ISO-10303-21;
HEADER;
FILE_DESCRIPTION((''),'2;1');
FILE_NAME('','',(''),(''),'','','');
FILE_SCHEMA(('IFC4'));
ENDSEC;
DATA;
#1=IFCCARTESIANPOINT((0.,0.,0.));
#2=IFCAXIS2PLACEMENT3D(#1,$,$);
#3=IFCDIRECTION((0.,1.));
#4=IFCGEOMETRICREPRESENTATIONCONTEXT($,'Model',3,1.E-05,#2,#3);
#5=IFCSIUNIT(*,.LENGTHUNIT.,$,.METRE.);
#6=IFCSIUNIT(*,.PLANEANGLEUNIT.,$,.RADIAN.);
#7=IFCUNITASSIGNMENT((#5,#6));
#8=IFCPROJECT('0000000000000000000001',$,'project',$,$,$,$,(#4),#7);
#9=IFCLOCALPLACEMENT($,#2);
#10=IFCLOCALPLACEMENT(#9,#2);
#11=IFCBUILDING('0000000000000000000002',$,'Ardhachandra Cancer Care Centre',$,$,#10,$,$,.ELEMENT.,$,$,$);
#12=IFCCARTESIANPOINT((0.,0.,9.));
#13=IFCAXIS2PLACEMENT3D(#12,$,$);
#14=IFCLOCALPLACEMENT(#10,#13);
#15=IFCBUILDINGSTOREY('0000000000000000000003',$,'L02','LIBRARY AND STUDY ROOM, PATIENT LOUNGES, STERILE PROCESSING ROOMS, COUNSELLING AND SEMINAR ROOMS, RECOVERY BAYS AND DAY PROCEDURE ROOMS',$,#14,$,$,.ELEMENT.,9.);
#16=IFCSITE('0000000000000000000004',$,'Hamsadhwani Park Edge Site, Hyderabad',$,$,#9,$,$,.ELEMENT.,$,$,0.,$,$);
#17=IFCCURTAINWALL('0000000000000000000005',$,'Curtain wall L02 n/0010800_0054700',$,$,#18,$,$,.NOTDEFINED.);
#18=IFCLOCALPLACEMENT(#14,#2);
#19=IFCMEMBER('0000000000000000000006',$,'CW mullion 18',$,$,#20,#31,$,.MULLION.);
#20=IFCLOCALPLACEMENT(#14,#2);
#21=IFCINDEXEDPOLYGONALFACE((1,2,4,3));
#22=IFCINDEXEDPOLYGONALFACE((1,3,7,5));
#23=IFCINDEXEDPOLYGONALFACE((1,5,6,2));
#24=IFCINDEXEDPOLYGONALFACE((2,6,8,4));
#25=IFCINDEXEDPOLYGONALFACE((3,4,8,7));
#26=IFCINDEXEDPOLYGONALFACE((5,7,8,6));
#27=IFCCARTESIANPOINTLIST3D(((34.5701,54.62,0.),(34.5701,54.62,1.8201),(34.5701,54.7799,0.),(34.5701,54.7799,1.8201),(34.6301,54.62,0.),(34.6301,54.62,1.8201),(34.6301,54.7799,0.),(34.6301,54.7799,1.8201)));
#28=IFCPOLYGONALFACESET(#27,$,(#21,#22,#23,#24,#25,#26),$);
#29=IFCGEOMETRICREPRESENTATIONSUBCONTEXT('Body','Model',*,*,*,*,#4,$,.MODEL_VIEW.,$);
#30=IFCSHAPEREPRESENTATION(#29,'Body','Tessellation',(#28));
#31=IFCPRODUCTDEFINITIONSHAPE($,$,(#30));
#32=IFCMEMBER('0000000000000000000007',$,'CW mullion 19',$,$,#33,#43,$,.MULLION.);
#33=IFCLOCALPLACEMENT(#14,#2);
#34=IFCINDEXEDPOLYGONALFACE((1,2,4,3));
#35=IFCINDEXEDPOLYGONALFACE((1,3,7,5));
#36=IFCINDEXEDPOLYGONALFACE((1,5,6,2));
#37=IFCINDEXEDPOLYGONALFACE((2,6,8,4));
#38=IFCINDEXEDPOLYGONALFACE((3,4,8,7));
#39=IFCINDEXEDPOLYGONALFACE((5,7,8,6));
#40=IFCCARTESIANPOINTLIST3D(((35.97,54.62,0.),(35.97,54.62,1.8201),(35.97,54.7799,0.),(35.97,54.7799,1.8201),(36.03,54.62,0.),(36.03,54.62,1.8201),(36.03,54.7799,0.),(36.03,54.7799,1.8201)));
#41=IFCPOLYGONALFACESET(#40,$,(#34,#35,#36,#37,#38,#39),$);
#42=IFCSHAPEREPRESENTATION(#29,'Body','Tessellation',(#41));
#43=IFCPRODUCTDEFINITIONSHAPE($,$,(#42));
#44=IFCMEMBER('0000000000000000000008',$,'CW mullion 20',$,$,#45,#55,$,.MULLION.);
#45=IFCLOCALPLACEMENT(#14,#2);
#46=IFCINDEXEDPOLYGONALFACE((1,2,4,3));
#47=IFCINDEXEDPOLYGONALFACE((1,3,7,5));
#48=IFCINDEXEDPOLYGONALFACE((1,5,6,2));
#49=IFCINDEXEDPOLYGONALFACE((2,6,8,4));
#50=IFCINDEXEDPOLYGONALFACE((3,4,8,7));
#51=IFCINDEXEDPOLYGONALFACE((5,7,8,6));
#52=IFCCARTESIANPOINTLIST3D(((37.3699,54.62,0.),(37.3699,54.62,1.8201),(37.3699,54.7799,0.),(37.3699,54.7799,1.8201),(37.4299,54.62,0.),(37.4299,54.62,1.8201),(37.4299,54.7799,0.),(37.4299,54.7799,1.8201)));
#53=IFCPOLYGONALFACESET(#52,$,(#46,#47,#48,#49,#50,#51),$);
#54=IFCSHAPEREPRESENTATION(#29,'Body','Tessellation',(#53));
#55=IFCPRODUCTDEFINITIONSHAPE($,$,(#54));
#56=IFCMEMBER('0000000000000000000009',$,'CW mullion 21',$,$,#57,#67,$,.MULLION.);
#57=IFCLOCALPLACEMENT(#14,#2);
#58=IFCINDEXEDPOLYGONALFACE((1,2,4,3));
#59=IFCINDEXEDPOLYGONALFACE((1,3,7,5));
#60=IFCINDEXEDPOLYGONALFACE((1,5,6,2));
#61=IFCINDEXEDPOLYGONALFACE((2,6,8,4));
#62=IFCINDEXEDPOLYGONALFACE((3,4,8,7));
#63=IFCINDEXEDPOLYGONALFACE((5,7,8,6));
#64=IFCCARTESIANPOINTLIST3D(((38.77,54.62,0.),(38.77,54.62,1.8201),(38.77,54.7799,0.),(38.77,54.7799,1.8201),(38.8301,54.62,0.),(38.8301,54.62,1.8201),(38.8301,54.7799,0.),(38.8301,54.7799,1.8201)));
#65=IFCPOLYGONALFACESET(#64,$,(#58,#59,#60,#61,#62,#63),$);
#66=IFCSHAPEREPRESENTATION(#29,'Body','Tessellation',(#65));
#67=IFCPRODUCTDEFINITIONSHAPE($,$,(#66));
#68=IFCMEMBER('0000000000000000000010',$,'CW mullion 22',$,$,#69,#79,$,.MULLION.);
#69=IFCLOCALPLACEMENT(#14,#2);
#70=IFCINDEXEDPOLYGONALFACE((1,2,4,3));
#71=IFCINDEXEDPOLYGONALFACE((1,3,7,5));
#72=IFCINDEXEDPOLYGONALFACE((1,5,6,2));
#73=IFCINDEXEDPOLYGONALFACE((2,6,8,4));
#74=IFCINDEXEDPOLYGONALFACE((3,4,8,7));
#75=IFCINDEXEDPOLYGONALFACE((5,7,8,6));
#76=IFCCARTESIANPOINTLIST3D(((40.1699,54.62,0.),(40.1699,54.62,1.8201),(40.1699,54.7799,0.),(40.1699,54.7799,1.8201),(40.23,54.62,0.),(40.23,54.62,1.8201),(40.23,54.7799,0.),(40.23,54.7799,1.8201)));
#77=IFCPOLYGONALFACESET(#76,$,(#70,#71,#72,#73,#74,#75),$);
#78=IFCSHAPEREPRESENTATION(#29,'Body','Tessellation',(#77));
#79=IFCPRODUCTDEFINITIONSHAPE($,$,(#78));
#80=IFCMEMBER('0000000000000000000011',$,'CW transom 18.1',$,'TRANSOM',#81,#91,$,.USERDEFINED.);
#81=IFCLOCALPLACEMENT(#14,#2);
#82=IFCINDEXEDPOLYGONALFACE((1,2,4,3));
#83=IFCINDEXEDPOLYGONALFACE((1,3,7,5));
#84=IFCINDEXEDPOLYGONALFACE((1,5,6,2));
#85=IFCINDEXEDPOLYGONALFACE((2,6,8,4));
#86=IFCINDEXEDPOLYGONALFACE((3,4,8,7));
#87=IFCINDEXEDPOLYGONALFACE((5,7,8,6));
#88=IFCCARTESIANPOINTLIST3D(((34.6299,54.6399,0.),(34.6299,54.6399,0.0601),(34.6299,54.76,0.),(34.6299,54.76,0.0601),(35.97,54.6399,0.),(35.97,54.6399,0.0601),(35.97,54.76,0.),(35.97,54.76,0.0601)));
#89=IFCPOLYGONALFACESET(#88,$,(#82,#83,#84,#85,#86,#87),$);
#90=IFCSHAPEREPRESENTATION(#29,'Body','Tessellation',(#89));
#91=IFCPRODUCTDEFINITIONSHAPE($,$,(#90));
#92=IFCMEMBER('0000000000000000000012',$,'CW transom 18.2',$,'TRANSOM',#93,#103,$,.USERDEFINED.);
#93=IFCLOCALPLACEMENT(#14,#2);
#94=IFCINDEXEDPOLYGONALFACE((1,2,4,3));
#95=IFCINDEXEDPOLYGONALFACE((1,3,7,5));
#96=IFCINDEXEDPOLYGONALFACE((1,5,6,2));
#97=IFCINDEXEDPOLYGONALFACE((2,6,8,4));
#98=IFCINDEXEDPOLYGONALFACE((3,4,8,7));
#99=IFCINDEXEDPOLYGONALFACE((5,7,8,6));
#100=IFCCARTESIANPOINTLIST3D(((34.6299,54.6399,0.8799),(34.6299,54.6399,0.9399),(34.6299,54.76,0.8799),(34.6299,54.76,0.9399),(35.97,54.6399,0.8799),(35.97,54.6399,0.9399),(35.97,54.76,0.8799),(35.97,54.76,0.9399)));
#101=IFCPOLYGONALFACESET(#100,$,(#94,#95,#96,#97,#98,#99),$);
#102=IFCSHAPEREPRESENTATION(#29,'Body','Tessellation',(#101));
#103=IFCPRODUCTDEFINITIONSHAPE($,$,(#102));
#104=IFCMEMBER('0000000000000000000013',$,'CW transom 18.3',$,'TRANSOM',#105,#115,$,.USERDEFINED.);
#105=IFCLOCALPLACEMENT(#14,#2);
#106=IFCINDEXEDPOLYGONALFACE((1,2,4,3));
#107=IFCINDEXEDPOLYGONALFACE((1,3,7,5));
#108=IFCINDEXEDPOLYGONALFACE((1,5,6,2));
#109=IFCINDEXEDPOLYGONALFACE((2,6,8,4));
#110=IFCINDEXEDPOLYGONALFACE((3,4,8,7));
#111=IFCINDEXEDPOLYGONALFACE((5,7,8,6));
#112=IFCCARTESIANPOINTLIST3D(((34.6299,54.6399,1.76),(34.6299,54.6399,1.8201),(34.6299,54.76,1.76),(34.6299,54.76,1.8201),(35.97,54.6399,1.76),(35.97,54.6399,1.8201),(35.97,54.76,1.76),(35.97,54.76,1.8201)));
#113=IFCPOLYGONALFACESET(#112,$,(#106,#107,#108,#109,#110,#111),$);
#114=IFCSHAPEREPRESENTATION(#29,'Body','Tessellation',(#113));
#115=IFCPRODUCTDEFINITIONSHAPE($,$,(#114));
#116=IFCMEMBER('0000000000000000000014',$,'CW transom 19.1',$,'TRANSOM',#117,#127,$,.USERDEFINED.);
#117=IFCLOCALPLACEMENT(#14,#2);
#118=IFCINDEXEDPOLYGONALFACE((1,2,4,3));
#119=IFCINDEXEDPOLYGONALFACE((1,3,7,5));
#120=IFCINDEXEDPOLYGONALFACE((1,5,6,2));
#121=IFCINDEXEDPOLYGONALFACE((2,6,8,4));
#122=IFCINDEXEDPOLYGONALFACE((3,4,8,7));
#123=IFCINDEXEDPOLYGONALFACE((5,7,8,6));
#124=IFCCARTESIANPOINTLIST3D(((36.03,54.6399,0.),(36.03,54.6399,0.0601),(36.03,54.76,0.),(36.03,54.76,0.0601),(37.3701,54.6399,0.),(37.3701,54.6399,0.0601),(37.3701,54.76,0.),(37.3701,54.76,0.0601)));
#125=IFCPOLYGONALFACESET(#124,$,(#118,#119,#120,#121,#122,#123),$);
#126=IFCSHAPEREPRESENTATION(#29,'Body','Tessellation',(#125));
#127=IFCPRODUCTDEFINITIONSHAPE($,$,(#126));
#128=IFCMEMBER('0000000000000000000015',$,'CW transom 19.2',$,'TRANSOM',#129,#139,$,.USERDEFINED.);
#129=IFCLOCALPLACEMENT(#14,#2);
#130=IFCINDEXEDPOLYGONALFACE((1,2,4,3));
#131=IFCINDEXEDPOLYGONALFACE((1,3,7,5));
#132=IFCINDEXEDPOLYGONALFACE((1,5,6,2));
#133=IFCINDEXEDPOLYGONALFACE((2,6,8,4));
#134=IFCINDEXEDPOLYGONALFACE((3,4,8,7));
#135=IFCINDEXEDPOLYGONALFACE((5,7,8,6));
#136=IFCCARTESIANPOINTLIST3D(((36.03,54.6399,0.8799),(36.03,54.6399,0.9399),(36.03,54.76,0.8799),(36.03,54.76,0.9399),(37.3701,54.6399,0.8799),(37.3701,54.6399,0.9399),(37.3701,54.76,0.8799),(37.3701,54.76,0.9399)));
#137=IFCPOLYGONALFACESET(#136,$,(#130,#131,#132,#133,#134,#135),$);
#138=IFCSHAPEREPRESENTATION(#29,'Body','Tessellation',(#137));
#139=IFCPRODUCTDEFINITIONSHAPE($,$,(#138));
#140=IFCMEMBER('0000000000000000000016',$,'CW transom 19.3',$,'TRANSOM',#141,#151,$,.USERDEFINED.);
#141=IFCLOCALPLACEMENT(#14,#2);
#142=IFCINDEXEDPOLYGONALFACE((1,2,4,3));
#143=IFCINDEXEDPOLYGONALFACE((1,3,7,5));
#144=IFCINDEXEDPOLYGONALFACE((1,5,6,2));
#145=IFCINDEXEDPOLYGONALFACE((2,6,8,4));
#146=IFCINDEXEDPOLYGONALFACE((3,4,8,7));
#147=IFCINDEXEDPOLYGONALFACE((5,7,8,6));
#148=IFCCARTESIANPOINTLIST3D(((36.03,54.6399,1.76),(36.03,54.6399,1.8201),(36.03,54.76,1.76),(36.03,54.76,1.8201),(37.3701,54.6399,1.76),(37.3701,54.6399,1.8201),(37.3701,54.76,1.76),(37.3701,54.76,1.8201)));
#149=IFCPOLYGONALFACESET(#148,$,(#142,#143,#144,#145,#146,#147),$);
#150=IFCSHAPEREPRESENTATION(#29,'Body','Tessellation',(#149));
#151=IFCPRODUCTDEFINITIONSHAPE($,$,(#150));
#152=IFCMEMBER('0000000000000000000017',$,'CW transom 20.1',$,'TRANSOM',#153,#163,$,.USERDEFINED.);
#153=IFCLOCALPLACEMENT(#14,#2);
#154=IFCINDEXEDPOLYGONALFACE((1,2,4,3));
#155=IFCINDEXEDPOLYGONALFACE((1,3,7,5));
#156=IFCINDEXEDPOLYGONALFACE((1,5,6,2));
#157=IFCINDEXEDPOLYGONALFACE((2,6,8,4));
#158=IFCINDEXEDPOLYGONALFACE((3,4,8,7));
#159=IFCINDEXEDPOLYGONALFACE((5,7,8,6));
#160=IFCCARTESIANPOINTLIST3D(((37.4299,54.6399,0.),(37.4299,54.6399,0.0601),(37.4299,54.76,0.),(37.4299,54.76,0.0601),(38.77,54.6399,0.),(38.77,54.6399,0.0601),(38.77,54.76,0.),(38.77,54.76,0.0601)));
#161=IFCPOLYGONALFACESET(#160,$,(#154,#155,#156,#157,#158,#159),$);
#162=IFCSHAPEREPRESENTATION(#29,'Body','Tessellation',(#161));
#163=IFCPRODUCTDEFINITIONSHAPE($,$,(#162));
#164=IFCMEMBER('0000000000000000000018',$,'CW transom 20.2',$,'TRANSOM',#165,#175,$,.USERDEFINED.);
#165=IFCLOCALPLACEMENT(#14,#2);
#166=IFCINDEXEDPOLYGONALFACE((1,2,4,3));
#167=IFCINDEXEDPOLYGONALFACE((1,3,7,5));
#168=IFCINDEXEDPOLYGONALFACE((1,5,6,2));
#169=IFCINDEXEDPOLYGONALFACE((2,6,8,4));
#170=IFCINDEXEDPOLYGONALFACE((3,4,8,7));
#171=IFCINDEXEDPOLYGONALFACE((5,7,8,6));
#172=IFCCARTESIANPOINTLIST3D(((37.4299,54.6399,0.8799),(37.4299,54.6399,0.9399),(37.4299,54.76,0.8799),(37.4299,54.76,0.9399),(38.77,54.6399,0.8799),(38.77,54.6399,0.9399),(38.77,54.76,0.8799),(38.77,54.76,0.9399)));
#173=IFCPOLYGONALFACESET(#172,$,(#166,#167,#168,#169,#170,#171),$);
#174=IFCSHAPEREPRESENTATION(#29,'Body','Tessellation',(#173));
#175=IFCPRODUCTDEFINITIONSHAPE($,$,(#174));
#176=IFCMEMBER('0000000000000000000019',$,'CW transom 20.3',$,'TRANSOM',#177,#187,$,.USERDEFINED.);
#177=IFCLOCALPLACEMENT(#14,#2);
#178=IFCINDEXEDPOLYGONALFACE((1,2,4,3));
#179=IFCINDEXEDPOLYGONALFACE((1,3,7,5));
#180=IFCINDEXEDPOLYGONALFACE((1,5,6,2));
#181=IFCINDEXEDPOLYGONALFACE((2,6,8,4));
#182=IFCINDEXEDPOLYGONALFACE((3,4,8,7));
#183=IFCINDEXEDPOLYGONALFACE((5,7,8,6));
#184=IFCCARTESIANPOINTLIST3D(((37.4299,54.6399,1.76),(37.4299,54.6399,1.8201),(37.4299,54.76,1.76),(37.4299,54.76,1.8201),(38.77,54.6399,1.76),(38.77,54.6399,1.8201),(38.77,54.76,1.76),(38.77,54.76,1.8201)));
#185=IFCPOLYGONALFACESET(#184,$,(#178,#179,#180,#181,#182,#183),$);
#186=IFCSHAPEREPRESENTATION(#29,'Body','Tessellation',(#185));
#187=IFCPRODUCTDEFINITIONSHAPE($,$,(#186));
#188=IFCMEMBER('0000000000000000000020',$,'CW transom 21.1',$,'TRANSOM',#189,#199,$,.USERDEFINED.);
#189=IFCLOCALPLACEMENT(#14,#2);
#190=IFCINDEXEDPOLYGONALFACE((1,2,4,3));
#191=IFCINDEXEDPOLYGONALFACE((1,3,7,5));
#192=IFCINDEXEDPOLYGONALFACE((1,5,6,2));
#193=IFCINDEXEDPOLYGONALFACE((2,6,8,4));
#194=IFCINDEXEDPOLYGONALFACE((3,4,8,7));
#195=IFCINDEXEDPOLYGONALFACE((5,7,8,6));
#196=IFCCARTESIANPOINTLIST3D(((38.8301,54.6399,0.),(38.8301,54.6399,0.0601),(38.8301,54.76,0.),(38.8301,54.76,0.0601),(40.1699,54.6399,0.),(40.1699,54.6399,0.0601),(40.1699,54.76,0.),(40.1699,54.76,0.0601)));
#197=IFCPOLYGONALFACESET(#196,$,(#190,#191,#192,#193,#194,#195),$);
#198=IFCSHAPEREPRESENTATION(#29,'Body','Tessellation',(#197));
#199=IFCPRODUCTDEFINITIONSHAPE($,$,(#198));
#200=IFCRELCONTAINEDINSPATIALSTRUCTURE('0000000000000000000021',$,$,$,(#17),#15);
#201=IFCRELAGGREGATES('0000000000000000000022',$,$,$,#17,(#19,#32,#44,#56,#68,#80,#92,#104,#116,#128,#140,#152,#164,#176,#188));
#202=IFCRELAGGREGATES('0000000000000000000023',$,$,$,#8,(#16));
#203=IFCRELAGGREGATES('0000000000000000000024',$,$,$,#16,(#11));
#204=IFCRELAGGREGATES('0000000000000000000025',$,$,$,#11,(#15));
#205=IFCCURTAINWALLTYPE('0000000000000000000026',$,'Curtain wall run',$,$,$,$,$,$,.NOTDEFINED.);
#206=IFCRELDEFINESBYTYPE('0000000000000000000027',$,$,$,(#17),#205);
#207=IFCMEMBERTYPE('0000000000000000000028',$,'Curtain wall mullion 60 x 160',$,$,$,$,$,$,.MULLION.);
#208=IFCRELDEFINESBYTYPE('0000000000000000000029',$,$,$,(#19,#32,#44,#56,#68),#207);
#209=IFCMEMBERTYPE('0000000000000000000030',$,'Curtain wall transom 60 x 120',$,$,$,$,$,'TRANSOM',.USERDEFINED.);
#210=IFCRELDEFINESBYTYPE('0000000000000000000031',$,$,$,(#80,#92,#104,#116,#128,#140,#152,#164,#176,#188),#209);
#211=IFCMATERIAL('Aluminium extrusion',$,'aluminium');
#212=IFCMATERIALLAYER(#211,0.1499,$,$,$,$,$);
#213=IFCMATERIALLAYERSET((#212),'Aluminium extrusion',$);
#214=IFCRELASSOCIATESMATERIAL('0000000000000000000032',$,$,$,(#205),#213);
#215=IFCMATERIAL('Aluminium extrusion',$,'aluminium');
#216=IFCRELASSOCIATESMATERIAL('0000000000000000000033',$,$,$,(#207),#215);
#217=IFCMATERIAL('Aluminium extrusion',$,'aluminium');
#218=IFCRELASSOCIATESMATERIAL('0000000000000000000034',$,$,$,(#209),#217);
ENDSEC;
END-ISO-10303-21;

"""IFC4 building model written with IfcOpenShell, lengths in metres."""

from ifc_helpers import new_model, si_unit, direction, frame, origin, origin_2d, place, context, subcontext, project, spatial, rectangle, extrude, material, layer, layer_set, material_profile, profile_set, type_object, element, aggregate, save


model = new_model("IFC4")

# Units and contexts
model_context = context("Model", 3, precision=1e-05, world=origin(), true_north=direction((0.0, 1.0)))
body_context = subcontext(model_context, "Body", "Model", "MODEL_VIEW")
ifc_project = project(units=[si_unit("LENGTHUNIT", "METRE"), si_unit("PLANEANGLEUNIT", "RADIAN")], contexts=[model_context])

# Site, building, storey
site_placement = place(None, origin())
site = spatial("IfcSite", under=ifc_project, at=site_placement, Name="Hamsadhwani Park Edge Site, Hyderabad", CompositionType="ELEMENT", RefElevation=0.0)
building_placement = place(site_placement, origin())
building = spatial("IfcBuilding", under=site, at=building_placement, Name="Ardhachandra Cancer Care Centre", CompositionType="ELEMENT")
storey_placement = place(building_placement, frame((0.0, 0.0, 9.0)))
storey = spatial("IfcBuildingStorey", under=building, at=storey_placement, Name="L02", Description="LIBRARY AND STUDY ROOM, PATIENT LOUNGES, STERILE PROCESSING ROOMS, COUNSELLING AND SEMINAR ROOMS, RECOVERY BAYS AND DAY PROCEDURE ROOMS", CompositionType="ELEMENT", Elevation=9.0)

# Curtain wall, members
ifc_material_1 = material(Name="Aluminium extrusion", Category="aluminium")
ifc_layer_1 = layer(ifc_material_1, 0.1499)
ifc_layer_set_1 = layer_set([ifc_layer_1], Name="Aluminium extrusion")
curtain_wall_type = type_object("IfcCurtainWallType", Name="Curtain wall run", PredefinedType="NOTDEFINED", material=ifc_layer_set_1)
curtain_wall_placement = place(storey_placement, origin())
curtain_wall = element("IfcCurtainWall", 1, at=curtain_wall_placement, inside=storey, type_object=curtain_wall_type, Name="Curtain wall L02 n/0010800_0054700", PredefinedType="NOTDEFINED")
ifc_material_2 = material(Name="Aluminium extrusion", Category="aluminium")
ifc_material_profile_1 = material_profile(ifc_material_2, rectangle(XDim=0.1599, YDim=0.0601, at=origin_2d()), Name="Curtain wall mullion 60 x 160")
ifc_profile_set_1 = profile_set([ifc_material_profile_1], Name="Aluminium extrusion")
member_type_1 = type_object("IfcMemberType", Name="Curtain wall mullion 60 x 160", PredefinedType="MULLION", material=ifc_profile_set_1)
member_1_placement = place(storey_placement, frame((34.6001, 54.7, 0.0), z_axis=(0.0, 0.0, 1.0), x_axis=(0.0, 1.0, 0.0)))
member_1 = element("IfcMember", 2, at=member_1_placement, type_object=member_type_1, Name="CW mullion 18", PredefinedType="MULLION", context=body_context, shape_type="SweptSolid", body=[
    extrude(rectangle(XDim=0.1599, YDim=0.0601, at=origin_2d()), origin(), (0.0, 0.0, 1.0), 1.8201),
])
member_2_placement = place(storey_placement, frame((36.0, 54.7, 0.0), z_axis=(0.0, 0.0, 1.0), x_axis=(0.0, 1.0, 0.0)))
member_2 = element("IfcMember", 3, at=member_2_placement, type_object=member_type_1, Name="CW mullion 19", PredefinedType="MULLION", context=body_context, shape_type="SweptSolid", body=[
    extrude(rectangle(XDim=0.1599, YDim=0.0601, at=origin_2d()), origin(), (0.0, 0.0, 1.0), 1.8201),
])
member_3_placement = place(storey_placement, frame((37.3999, 54.7, 0.0), z_axis=(0.0, 0.0, 1.0), x_axis=(0.0, 1.0, 0.0)))
member_3 = element("IfcMember", 4, at=member_3_placement, type_object=member_type_1, Name="CW mullion 20", PredefinedType="MULLION", context=body_context, shape_type="SweptSolid", body=[
    extrude(rectangle(XDim=0.1599, YDim=0.0601, at=origin_2d()), origin(), (0.0, 0.0, 1.0), 1.8201),
])
member_4_placement = place(storey_placement, frame((38.8, 54.7, 0.0), z_axis=(0.0, 0.0, 1.0), x_axis=(0.0, 1.0, 0.0)))
member_4 = element("IfcMember", 5, at=member_4_placement, type_object=member_type_1, Name="CW mullion 21", PredefinedType="MULLION", context=body_context, shape_type="SweptSolid", body=[
    extrude(rectangle(XDim=0.1599, YDim=0.0601, at=origin_2d()), origin(), (0.0, 0.0, 1.0), 1.8201),
])
member_5_placement = place(storey_placement, frame((40.2, 54.7, 0.0), z_axis=(0.0, 0.0, 1.0), x_axis=(0.0, 1.0, 0.0)))
member_5 = element("IfcMember", 6, at=member_5_placement, type_object=member_type_1, Name="CW mullion 22", PredefinedType="MULLION", context=body_context, shape_type="SweptSolid", body=[
    extrude(rectangle(XDim=0.1599, YDim=0.0601, at=origin_2d()), origin(), (0.0, 0.0, 1.0), 1.8201),
])
ifc_material_3 = material(Name="Aluminium extrusion", Category="aluminium")
ifc_material_profile_2 = material_profile(ifc_material_3, rectangle(XDim=0.1201, YDim=0.0601, at=origin_2d()), Name="Curtain wall transom 60 x 120")
ifc_profile_set_2 = profile_set([ifc_material_profile_2], Name="Aluminium extrusion")
member_type_2 = type_object("IfcMemberType", Name="Curtain wall transom 60 x 120", ElementType="TRANSOM", PredefinedType="USERDEFINED", material=ifc_profile_set_2)
member_6_placement = place(storey_placement, frame((34.6299, 54.7, 0.03), z_axis=(1.0, 0.0, 0.0), x_axis=(0.0, 1.0, 0.0)))
member_6 = element("IfcMember", 7, at=member_6_placement, type_object=member_type_2, Name="CW transom 18.1", ObjectType="TRANSOM", PredefinedType="USERDEFINED", context=body_context, shape_type="SweptSolid", body=[
    extrude(rectangle(XDim=0.1201, YDim=0.0601, at=origin_2d()), origin(), (0.0, 0.0, 1.0), 1.3401),
])
member_7_placement = place(storey_placement, frame((34.6299, 54.7, 0.9099), z_axis=(1.0, 0.0, 0.0), x_axis=(0.0, 1.0, 0.0)))
member_7 = element("IfcMember", 8, at=member_7_placement, type_object=member_type_2, Name="CW transom 18.2", ObjectType="TRANSOM", PredefinedType="USERDEFINED", context=body_context, shape_type="SweptSolid", body=[
    extrude(rectangle(XDim=0.1201, YDim=0.0601, at=origin_2d()), origin(), (0.0, 0.0, 1.0), 1.3401),
])
member_8_placement = place(storey_placement, frame((34.6299, 54.7, 1.79), z_axis=(1.0, 0.0, 0.0), x_axis=(0.0, 1.0, 0.0)))
member_8 = element("IfcMember", 9, at=member_8_placement, type_object=member_type_2, Name="CW transom 18.3", ObjectType="TRANSOM", PredefinedType="USERDEFINED", context=body_context, shape_type="SweptSolid", body=[
    extrude(rectangle(XDim=0.1201, YDim=0.0601, at=origin_2d()), origin(), (0.0, 0.0, 1.0), 1.3401),
])
member_9_placement = place(storey_placement, frame((36.03, 54.7, 0.03), z_axis=(1.0, 0.0, 0.0), x_axis=(0.0, 1.0, 0.0)))
member_9 = element("IfcMember", 10, at=member_9_placement, type_object=member_type_2, Name="CW transom 19.1", ObjectType="TRANSOM", PredefinedType="USERDEFINED", context=body_context, shape_type="SweptSolid", body=[
    extrude(rectangle(XDim=0.1201, YDim=0.0601, at=origin_2d()), origin(), (0.0, 0.0, 1.0), 1.3401),
])
member_10_placement = place(storey_placement, frame((36.03, 54.7, 0.9099), z_axis=(1.0, 0.0, 0.0), x_axis=(0.0, 1.0, 0.0)))
member_10 = element("IfcMember", 11, at=member_10_placement, type_object=member_type_2, Name="CW transom 19.2", ObjectType="TRANSOM", PredefinedType="USERDEFINED", context=body_context, shape_type="SweptSolid", body=[
    extrude(rectangle(XDim=0.1201, YDim=0.0601, at=origin_2d()), origin(), (0.0, 0.0, 1.0), 1.3401),
])
member_11_placement = place(storey_placement, frame((36.03, 54.7, 1.79), z_axis=(1.0, 0.0, 0.0), x_axis=(0.0, 1.0, 0.0)))
member_11 = element("IfcMember", 12, at=member_11_placement, type_object=member_type_2, Name="CW transom 19.3", ObjectType="TRANSOM", PredefinedType="USERDEFINED", context=body_context, shape_type="SweptSolid", body=[
    extrude(rectangle(XDim=0.1201, YDim=0.0601, at=origin_2d()), origin(), (0.0, 0.0, 1.0), 1.3401),
])
member_12_placement = place(storey_placement, frame((37.4299, 54.7, 0.03), z_axis=(1.0, 0.0, 0.0), x_axis=(0.0, 1.0, 0.0)))
member_12 = element("IfcMember", 13, at=member_12_placement, type_object=member_type_2, Name="CW transom 20.1", ObjectType="TRANSOM", PredefinedType="USERDEFINED", context=body_context, shape_type="SweptSolid", body=[
    extrude(rectangle(XDim=0.1201, YDim=0.0601, at=origin_2d()), origin(), (0.0, 0.0, 1.0), 1.3401),
])
member_13_placement = place(storey_placement, frame((37.4299, 54.7, 0.9099), z_axis=(1.0, 0.0, 0.0), x_axis=(0.0, 1.0, 0.0)))
member_13 = element("IfcMember", 14, at=member_13_placement, type_object=member_type_2, Name="CW transom 20.2", ObjectType="TRANSOM", PredefinedType="USERDEFINED", context=body_context, shape_type="SweptSolid", body=[
    extrude(rectangle(XDim=0.1201, YDim=0.0601, at=origin_2d()), origin(), (0.0, 0.0, 1.0), 1.3401),
])
member_14_placement = place(storey_placement, frame((37.4299, 54.7, 1.79), z_axis=(1.0, 0.0, 0.0), x_axis=(0.0, 1.0, 0.0)))
member_14 = element("IfcMember", 15, at=member_14_placement, type_object=member_type_2, Name="CW transom 20.3", ObjectType="TRANSOM", PredefinedType="USERDEFINED", context=body_context, shape_type="SweptSolid", body=[
    extrude(rectangle(XDim=0.1201, YDim=0.0601, at=origin_2d()), origin(), (0.0, 0.0, 1.0), 1.3401),
])
member_15_placement = place(storey_placement, frame((38.8301, 54.7, 0.03), z_axis=(1.0, 0.0, 0.0), x_axis=(0.0, 1.0, 0.0)))
member_15 = element("IfcMember", 16, at=member_15_placement, type_object=member_type_2, Name="CW transom 21.1", ObjectType="TRANSOM", PredefinedType="USERDEFINED", context=body_context, shape_type="SweptSolid", body=[
    extrude(rectangle(XDim=0.1201, YDim=0.0601, at=origin_2d()), origin(), (0.0, 0.0, 1.0), 1.3398),
])

aggregate(curtain_wall, [member_1, member_2, member_3, member_4, member_5, member_6, member_7, member_8, member_9, member_10, member_11, member_12, member_13, member_14, member_15])

save(model, "model.ifc")
